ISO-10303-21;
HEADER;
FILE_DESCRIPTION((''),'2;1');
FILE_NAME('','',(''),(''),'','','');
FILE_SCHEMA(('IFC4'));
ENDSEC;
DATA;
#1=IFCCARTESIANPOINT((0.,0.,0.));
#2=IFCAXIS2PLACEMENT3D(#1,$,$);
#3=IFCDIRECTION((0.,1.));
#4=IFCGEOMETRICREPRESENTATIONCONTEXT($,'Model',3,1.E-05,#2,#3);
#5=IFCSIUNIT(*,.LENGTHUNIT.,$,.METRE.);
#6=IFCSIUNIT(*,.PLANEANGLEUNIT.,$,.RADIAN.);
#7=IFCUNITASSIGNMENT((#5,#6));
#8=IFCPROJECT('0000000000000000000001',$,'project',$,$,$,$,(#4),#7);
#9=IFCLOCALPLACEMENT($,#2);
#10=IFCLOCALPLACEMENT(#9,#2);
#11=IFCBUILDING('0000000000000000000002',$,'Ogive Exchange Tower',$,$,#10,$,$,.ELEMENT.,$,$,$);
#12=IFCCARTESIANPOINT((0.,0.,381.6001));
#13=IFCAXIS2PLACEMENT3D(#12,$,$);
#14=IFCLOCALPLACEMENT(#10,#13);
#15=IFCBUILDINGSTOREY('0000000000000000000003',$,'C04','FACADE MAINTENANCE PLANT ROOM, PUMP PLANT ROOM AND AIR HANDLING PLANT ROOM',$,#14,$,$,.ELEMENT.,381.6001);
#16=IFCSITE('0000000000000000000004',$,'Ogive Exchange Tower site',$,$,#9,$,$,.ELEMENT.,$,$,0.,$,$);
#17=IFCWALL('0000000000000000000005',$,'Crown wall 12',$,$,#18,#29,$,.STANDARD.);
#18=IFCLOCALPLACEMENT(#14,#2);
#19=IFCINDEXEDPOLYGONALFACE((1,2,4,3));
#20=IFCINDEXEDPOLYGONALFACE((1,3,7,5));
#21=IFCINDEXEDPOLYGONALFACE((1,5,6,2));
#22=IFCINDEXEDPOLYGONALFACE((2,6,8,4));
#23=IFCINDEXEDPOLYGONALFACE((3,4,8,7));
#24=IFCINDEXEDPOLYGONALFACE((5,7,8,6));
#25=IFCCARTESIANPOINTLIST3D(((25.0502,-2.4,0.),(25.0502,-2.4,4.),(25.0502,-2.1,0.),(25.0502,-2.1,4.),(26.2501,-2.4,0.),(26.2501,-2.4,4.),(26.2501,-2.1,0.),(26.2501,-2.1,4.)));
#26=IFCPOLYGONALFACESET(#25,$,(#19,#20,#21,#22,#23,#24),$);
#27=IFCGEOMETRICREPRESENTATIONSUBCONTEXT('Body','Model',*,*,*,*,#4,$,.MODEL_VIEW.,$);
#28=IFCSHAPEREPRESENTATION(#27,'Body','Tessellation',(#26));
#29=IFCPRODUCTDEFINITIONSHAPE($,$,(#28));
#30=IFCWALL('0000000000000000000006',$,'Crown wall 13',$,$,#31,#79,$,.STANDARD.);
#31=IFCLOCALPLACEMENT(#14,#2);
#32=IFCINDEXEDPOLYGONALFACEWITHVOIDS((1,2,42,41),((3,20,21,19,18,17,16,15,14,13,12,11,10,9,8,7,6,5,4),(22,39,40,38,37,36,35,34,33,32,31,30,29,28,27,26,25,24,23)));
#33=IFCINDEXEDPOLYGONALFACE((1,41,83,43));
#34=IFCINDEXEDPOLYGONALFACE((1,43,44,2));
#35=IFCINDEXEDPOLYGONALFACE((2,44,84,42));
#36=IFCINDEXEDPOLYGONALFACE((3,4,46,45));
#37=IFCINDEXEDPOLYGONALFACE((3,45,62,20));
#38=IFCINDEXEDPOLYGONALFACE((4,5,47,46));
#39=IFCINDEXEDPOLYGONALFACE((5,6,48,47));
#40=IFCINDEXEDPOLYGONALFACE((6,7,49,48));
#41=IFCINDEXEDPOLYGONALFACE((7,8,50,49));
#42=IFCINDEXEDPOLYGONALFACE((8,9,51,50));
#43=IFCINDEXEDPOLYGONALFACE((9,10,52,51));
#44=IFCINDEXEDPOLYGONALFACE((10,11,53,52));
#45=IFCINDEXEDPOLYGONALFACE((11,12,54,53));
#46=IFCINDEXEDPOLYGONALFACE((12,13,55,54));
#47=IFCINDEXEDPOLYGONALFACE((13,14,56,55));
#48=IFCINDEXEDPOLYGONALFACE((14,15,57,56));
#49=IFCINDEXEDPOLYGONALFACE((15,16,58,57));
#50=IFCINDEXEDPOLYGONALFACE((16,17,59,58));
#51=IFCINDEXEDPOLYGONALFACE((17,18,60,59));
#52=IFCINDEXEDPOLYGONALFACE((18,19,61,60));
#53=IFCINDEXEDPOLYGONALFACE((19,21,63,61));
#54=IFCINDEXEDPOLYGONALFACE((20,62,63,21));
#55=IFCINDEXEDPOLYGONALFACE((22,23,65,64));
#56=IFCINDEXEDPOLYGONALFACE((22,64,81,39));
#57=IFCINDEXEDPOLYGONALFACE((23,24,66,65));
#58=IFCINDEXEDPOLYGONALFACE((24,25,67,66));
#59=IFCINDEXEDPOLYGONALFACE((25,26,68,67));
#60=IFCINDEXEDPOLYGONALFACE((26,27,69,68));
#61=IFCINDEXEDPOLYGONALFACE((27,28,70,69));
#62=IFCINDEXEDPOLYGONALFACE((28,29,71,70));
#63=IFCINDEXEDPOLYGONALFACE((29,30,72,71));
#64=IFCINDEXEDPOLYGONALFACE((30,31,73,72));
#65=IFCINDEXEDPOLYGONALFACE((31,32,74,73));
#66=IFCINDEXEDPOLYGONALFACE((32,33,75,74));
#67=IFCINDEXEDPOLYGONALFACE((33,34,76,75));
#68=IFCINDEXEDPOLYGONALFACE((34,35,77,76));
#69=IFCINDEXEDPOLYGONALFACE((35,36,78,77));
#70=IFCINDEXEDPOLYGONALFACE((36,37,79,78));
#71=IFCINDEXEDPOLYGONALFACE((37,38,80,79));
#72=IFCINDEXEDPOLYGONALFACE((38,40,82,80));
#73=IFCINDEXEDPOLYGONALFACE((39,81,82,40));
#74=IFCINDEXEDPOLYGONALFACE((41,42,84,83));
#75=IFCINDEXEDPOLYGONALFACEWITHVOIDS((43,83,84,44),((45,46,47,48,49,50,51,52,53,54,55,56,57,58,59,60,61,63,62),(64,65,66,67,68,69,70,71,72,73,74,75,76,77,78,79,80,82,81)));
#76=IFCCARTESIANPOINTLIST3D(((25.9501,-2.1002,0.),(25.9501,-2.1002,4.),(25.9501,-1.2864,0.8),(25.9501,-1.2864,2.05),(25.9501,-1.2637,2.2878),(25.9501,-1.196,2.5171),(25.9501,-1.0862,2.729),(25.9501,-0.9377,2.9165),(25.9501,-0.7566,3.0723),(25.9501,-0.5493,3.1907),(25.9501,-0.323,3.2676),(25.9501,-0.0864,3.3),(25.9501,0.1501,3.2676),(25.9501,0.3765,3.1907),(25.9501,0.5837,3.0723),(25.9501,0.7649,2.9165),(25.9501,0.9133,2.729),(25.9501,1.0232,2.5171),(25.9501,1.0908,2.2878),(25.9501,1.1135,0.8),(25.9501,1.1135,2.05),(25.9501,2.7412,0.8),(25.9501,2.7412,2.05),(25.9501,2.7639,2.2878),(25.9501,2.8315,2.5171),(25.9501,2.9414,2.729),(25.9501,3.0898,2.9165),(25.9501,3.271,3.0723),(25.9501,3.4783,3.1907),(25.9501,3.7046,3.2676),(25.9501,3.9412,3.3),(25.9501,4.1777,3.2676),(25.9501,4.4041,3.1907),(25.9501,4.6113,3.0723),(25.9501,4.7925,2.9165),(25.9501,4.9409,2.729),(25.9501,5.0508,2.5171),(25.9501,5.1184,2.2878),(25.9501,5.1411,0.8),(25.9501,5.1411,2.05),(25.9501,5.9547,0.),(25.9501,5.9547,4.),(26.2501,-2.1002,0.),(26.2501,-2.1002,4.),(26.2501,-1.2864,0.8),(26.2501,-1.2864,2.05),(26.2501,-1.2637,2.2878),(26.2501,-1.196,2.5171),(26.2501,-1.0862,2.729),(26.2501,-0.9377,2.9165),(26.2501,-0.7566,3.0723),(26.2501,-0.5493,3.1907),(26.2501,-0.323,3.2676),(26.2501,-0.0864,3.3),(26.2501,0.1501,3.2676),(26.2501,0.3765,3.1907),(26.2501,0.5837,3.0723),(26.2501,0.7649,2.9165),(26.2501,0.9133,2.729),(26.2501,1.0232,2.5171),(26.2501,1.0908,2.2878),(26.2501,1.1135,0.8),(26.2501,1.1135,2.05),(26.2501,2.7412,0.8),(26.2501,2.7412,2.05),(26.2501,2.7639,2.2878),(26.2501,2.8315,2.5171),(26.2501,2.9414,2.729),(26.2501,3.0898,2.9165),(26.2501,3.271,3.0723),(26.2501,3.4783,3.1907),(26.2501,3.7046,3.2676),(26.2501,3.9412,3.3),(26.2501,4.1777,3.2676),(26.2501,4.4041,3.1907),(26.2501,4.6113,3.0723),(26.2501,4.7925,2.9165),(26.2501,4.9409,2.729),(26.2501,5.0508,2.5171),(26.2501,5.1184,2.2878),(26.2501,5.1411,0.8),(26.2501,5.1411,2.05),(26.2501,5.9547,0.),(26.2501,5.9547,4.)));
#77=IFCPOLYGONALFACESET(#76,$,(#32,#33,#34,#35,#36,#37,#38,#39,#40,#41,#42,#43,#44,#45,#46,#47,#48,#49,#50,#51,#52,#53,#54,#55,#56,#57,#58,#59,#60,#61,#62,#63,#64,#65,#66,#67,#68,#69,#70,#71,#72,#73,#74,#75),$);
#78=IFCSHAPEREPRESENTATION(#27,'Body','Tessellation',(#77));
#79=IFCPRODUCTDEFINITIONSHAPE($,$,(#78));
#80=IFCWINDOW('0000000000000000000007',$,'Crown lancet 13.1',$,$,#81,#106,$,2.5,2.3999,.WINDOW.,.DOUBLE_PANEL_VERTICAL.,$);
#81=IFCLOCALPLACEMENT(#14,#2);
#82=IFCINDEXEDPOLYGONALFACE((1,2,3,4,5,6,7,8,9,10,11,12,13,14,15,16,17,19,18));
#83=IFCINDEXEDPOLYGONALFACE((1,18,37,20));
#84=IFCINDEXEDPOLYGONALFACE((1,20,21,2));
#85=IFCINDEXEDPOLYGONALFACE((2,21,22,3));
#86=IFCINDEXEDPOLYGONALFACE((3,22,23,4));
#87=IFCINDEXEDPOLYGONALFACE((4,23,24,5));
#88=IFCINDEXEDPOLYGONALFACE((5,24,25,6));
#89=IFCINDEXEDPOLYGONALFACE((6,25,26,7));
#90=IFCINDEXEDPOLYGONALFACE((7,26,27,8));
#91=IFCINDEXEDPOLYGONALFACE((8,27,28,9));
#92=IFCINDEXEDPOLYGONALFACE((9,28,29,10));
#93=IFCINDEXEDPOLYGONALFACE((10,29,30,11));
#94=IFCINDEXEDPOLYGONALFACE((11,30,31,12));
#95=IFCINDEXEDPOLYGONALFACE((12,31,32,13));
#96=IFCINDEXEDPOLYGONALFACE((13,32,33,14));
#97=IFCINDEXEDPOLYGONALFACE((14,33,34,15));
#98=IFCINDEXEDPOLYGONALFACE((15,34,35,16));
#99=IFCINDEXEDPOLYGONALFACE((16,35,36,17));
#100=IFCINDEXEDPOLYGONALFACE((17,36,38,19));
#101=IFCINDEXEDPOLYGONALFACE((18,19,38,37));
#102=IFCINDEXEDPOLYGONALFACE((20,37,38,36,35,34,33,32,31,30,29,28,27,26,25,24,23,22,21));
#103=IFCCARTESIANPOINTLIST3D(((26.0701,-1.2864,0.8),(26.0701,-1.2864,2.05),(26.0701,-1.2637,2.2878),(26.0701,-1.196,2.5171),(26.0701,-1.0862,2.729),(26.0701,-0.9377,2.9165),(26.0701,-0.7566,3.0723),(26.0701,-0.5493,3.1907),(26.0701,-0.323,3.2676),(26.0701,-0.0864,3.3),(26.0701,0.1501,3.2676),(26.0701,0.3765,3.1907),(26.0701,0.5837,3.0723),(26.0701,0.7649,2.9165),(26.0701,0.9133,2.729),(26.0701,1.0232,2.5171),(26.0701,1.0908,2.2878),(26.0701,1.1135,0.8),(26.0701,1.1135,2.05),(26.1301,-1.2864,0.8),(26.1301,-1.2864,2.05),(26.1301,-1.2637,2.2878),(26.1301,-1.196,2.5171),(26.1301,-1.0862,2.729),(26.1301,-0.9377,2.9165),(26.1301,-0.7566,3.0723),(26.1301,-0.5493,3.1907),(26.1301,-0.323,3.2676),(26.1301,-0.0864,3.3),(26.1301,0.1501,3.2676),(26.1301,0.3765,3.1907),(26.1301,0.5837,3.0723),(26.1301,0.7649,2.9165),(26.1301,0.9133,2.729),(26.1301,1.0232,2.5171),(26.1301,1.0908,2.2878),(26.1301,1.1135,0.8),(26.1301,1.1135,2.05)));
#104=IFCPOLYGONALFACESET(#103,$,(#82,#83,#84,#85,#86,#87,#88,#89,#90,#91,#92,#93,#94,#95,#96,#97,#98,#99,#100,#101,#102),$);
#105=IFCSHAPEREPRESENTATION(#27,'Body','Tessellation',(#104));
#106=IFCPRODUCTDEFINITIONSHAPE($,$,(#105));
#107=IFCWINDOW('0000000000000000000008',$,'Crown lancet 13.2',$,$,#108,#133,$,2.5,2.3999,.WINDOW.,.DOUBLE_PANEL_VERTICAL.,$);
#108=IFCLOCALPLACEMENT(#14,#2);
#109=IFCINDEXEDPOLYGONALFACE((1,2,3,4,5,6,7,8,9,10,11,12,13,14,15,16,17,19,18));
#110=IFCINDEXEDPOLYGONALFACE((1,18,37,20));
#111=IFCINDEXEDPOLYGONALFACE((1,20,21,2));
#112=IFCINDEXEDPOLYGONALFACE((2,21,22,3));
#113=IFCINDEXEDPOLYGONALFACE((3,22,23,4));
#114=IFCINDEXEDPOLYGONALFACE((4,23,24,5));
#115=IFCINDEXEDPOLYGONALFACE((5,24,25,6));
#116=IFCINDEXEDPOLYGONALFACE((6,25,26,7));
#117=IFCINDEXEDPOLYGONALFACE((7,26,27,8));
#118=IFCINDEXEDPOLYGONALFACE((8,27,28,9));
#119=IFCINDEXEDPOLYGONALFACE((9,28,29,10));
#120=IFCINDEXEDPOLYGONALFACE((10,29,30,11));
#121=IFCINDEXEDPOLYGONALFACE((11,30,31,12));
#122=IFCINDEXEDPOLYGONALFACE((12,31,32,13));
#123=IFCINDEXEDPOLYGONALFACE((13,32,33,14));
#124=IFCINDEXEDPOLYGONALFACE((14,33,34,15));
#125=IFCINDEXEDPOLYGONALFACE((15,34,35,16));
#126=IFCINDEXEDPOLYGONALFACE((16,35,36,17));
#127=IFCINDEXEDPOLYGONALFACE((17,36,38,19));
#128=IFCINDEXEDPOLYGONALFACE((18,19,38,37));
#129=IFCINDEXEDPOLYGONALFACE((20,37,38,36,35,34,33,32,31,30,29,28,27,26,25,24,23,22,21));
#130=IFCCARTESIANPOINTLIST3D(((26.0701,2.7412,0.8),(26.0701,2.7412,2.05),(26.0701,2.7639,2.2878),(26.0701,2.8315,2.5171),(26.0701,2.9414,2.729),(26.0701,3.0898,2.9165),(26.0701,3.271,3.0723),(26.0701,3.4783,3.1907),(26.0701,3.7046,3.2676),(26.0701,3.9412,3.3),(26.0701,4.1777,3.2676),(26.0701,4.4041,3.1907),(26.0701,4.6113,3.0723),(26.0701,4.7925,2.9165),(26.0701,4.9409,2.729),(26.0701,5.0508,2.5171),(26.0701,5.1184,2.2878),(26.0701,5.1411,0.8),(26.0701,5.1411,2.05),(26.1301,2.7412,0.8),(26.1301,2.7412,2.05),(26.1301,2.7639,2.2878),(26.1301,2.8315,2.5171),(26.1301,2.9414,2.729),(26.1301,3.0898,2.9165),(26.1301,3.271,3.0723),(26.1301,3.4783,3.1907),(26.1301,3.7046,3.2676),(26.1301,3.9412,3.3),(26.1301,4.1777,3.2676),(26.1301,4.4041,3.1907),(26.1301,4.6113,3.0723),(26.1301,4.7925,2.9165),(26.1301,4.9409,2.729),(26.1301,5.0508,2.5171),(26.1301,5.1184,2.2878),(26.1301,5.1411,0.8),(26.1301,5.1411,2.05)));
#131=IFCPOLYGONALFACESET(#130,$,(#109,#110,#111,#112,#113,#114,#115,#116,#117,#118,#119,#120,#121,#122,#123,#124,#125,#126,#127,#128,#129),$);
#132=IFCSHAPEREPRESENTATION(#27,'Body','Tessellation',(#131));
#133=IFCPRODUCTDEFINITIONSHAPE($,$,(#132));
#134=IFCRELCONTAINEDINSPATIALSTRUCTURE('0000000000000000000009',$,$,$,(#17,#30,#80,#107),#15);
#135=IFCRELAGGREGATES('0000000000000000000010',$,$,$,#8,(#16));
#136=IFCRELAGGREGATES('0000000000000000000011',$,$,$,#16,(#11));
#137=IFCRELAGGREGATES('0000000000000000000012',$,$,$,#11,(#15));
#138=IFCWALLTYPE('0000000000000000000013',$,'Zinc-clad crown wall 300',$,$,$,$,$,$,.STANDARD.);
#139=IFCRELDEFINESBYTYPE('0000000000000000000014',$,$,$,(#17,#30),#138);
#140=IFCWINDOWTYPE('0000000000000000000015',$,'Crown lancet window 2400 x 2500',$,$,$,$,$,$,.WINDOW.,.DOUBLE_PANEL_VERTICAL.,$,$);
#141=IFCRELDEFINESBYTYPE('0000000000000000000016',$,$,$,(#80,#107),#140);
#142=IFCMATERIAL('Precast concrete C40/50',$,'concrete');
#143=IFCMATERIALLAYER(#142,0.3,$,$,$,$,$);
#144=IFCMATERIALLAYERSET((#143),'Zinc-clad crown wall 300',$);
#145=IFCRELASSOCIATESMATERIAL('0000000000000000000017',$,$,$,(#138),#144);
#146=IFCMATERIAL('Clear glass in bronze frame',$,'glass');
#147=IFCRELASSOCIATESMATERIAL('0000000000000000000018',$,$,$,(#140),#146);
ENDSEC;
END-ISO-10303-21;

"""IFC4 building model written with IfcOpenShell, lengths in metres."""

from ifc_helpers import new_model, si_unit, direction, frame, frame_2d, origin, place, context, subcontext, project, spatial, polyline, rectangle, outline, extrude, material, layer, layer_set, type_object, element, fill, save


model = new_model("IFC4")

# Units and contexts
model_context = context("Model", 3, precision=1e-05, world=origin(), true_north=direction((0.0, 1.0)))
body_context = subcontext(model_context, "Body", "Model", "MODEL_VIEW")
ifc_project = project(units=[si_unit("LENGTHUNIT", "METRE"), si_unit("PLANEANGLEUNIT", "RADIAN")], contexts=[model_context])

# Site, building, storey
site_placement = place(None, origin())
site = spatial("IfcSite", under=ifc_project, at=site_placement, Name="Ogive Exchange Tower site", CompositionType="ELEMENT", RefElevation=0.0)
building_placement = place(site_placement, origin())
building = spatial("IfcBuilding", under=site, at=building_placement, Name="Ogive Exchange Tower", CompositionType="ELEMENT")
storey_placement = place(building_placement, frame((0.0, 0.0, 381.6001)))
storey = spatial("IfcBuildingStorey", under=building, at=storey_placement, Name="C04", Description="FACADE MAINTENANCE PLANT ROOM, PUMP PLANT ROOM AND AIR HANDLING PLANT ROOM", CompositionType="ELEMENT", Elevation=381.6001)

# Wall
ifc_material_1 = material(Name="Precast concrete C40/50", Category="concrete")
ifc_layer_1 = layer(ifc_material_1, 0.3)
ifc_layer_set_1 = layer_set([ifc_layer_1], Name="Zinc-clad crown wall 300")
wall_type_1 = type_object("IfcWallType", Name="Zinc-clad crown wall 300", PredefinedType="STANDARD", material=ifc_layer_set_1)
wall_1_placement = place(storey_placement, frame((25.05, -2.25, 0.0), z_axis=(0.0, 0.0, 1.0), x_axis=(1.0, 0.0, 0.0)))
element("IfcWall", 1, at=wall_1_placement, inside=storey, type_object=wall_type_1, Name="Crown wall 12", PredefinedType="STANDARD", context=body_context, shape_type="SweptSolid", body=[
    extrude(rectangle(XDim=1.2, YDim=0.3, at=frame_2d((0.6001, 0.0))), origin(), (0.0, 0.0, 1.0), 4.0),
])

# Wall, openings, windows
wall_2_placement = place(storey_placement, frame((26.1001, -2.1001, 0.0), z_axis=(0.0, 0.0, 1.0), x_axis=(0.0, 1.0, 0.0)))
wall_2 = element("IfcWall", 2, at=wall_2_placement, inside=storey, type_object=wall_type_1, Name="Crown wall 13", PredefinedType="STANDARD", context=body_context, shape_type="SweptSolid", body=[
    extrude(rectangle(XDim=8.0549, YDim=0.3, at=frame_2d((4.0273, 0.0))), origin(), (0.0, 0.0, 1.0), 4.0),
])
opening_1_placement = place(wall_2_placement, frame((0.8137, 0.0, 0.8)))
opening_1 = element("IfcOpeningElement", 3, at=opening_1_placement, cuts=wall_2, PredefinedType="OPENING", context=body_context, shape_type="SweptSolid", body=[
    extrude(outline(polyline([(0.0, 0.0), (2.3999, 0.0), (2.3999, 1.25), (2.3772, 1.4878), (2.3096, 1.717), (2.1997, 1.929), (2.0513, 2.1165), (1.8701, 2.2722), (1.6628, 2.3906), (1.4365, 2.4675), (1.2, 2.5), (0.9634, 2.4675), (0.7371, 2.3906), (0.5298, 2.2722), (0.3486, 2.1165), (0.2002, 1.929), (0.0903, 1.717), (0.0227, 1.4878), (0.0, 1.25), (0.0, 0.0)])), frame((0.0, 0.1599, 0.0), z_axis=(0.0, -1.0, 0.0), x_axis=(1.0, 0.0, 0.0)), (0.0, 0.0, 1.0), 0.3201),
])
opening_2_placement = place(wall_2_placement, frame((4.8413, 0.0, 0.8)))
opening_2 = element("IfcOpeningElement", 4, at=opening_2_placement, cuts=wall_2, PredefinedType="OPENING", context=body_context, shape_type="SweptSolid", body=[
    extrude(outline(polyline([(0.0, 0.0), (2.3999, 0.0), (2.3999, 1.25), (2.3772, 1.4878), (2.3096, 1.717), (2.1997, 1.929), (2.0513, 2.1165), (1.8701, 2.2722), (1.6628, 2.3906), (1.4365, 2.4675), (1.2, 2.5), (0.9634, 2.4675), (0.7371, 2.3906), (0.5298, 2.2722), (0.3486, 2.1165), (0.2002, 1.929), (0.0903, 1.717), (0.0227, 1.4878), (0.0, 1.25), (0.0, 0.0)])), frame((0.0, 0.1599, 0.0), z_axis=(0.0, -1.0, 0.0), x_axis=(1.0, 0.0, 0.0)), (0.0, 0.0, 1.0), 0.3201),
])
ifc_material_2 = material(Name="Clear glass in bronze frame", Category="glass")
window_type = type_object("IfcWindowType", Name="Crown lancet window 2400 x 2500", PartitioningType="DOUBLE_PANEL_VERTICAL", PredefinedType="WINDOW", material=ifc_material_2)
window_1_placement = place(opening_1_placement, origin())
window_1 = element("IfcWindow", 5, at=window_1_placement, inside=storey, type_object=window_type, Name="Crown lancet 13.1", OverallHeight=2.5, OverallWidth=2.3999, PartitioningType="DOUBLE_PANEL_VERTICAL", PredefinedType="WINDOW", context=body_context, shape_type="SweptSolid", body=[
    extrude(outline(polyline([(0.0, 0.0), (2.3999, 0.0), (2.3999, 1.25), (2.3772, 1.4878), (2.3096, 1.717), (2.1997, 1.929), (2.0513, 2.1165), (1.8701, 2.2722), (1.6628, 2.3906), (1.4365, 2.4675), (1.2, 2.5), (0.9634, 2.4675), (0.7371, 2.3906), (0.5298, 2.2722), (0.3486, 2.1165), (0.2002, 1.929), (0.0903, 1.717), (0.0227, 1.4878), (0.0, 1.25), (0.0, 0.0)])), frame((0.0, 0.03, 0.0), z_axis=(0.0, -1.0, 0.0), x_axis=(1.0, 0.0, 0.0)), (0.0, 0.0, 1.0), 0.0601),
])
fill(opening_1, window_1)
window_2_placement = place(opening_2_placement, origin())
window_2 = element("IfcWindow", 6, at=window_2_placement, inside=storey, type_object=window_type, Name="Crown lancet 13.2", OverallHeight=2.5, OverallWidth=2.3999, PartitioningType="DOUBLE_PANEL_VERTICAL", PredefinedType="WINDOW", context=body_context, shape_type="SweptSolid", body=[
    extrude(outline(polyline([(0.0, 0.0), (2.3999, 0.0), (2.3999, 1.25), (2.3772, 1.4878), (2.3096, 1.717), (2.1997, 1.929), (2.0513, 2.1165), (1.8701, 2.2722), (1.6628, 2.3906), (1.4365, 2.4675), (1.2, 2.5), (0.9634, 2.4675), (0.7371, 2.3906), (0.5298, 2.2722), (0.3486, 2.1165), (0.2002, 1.929), (0.0903, 1.717), (0.0227, 1.4878), (0.0, 1.25), (0.0, 0.0)])), frame((0.0, 0.03, 0.0), z_axis=(0.0, -1.0, 0.0), x_axis=(1.0, 0.0, 0.0)), (0.0, 0.0, 1.0), 0.0601),
])
fill(opening_2, window_2)

save(model, "model.ifc")
